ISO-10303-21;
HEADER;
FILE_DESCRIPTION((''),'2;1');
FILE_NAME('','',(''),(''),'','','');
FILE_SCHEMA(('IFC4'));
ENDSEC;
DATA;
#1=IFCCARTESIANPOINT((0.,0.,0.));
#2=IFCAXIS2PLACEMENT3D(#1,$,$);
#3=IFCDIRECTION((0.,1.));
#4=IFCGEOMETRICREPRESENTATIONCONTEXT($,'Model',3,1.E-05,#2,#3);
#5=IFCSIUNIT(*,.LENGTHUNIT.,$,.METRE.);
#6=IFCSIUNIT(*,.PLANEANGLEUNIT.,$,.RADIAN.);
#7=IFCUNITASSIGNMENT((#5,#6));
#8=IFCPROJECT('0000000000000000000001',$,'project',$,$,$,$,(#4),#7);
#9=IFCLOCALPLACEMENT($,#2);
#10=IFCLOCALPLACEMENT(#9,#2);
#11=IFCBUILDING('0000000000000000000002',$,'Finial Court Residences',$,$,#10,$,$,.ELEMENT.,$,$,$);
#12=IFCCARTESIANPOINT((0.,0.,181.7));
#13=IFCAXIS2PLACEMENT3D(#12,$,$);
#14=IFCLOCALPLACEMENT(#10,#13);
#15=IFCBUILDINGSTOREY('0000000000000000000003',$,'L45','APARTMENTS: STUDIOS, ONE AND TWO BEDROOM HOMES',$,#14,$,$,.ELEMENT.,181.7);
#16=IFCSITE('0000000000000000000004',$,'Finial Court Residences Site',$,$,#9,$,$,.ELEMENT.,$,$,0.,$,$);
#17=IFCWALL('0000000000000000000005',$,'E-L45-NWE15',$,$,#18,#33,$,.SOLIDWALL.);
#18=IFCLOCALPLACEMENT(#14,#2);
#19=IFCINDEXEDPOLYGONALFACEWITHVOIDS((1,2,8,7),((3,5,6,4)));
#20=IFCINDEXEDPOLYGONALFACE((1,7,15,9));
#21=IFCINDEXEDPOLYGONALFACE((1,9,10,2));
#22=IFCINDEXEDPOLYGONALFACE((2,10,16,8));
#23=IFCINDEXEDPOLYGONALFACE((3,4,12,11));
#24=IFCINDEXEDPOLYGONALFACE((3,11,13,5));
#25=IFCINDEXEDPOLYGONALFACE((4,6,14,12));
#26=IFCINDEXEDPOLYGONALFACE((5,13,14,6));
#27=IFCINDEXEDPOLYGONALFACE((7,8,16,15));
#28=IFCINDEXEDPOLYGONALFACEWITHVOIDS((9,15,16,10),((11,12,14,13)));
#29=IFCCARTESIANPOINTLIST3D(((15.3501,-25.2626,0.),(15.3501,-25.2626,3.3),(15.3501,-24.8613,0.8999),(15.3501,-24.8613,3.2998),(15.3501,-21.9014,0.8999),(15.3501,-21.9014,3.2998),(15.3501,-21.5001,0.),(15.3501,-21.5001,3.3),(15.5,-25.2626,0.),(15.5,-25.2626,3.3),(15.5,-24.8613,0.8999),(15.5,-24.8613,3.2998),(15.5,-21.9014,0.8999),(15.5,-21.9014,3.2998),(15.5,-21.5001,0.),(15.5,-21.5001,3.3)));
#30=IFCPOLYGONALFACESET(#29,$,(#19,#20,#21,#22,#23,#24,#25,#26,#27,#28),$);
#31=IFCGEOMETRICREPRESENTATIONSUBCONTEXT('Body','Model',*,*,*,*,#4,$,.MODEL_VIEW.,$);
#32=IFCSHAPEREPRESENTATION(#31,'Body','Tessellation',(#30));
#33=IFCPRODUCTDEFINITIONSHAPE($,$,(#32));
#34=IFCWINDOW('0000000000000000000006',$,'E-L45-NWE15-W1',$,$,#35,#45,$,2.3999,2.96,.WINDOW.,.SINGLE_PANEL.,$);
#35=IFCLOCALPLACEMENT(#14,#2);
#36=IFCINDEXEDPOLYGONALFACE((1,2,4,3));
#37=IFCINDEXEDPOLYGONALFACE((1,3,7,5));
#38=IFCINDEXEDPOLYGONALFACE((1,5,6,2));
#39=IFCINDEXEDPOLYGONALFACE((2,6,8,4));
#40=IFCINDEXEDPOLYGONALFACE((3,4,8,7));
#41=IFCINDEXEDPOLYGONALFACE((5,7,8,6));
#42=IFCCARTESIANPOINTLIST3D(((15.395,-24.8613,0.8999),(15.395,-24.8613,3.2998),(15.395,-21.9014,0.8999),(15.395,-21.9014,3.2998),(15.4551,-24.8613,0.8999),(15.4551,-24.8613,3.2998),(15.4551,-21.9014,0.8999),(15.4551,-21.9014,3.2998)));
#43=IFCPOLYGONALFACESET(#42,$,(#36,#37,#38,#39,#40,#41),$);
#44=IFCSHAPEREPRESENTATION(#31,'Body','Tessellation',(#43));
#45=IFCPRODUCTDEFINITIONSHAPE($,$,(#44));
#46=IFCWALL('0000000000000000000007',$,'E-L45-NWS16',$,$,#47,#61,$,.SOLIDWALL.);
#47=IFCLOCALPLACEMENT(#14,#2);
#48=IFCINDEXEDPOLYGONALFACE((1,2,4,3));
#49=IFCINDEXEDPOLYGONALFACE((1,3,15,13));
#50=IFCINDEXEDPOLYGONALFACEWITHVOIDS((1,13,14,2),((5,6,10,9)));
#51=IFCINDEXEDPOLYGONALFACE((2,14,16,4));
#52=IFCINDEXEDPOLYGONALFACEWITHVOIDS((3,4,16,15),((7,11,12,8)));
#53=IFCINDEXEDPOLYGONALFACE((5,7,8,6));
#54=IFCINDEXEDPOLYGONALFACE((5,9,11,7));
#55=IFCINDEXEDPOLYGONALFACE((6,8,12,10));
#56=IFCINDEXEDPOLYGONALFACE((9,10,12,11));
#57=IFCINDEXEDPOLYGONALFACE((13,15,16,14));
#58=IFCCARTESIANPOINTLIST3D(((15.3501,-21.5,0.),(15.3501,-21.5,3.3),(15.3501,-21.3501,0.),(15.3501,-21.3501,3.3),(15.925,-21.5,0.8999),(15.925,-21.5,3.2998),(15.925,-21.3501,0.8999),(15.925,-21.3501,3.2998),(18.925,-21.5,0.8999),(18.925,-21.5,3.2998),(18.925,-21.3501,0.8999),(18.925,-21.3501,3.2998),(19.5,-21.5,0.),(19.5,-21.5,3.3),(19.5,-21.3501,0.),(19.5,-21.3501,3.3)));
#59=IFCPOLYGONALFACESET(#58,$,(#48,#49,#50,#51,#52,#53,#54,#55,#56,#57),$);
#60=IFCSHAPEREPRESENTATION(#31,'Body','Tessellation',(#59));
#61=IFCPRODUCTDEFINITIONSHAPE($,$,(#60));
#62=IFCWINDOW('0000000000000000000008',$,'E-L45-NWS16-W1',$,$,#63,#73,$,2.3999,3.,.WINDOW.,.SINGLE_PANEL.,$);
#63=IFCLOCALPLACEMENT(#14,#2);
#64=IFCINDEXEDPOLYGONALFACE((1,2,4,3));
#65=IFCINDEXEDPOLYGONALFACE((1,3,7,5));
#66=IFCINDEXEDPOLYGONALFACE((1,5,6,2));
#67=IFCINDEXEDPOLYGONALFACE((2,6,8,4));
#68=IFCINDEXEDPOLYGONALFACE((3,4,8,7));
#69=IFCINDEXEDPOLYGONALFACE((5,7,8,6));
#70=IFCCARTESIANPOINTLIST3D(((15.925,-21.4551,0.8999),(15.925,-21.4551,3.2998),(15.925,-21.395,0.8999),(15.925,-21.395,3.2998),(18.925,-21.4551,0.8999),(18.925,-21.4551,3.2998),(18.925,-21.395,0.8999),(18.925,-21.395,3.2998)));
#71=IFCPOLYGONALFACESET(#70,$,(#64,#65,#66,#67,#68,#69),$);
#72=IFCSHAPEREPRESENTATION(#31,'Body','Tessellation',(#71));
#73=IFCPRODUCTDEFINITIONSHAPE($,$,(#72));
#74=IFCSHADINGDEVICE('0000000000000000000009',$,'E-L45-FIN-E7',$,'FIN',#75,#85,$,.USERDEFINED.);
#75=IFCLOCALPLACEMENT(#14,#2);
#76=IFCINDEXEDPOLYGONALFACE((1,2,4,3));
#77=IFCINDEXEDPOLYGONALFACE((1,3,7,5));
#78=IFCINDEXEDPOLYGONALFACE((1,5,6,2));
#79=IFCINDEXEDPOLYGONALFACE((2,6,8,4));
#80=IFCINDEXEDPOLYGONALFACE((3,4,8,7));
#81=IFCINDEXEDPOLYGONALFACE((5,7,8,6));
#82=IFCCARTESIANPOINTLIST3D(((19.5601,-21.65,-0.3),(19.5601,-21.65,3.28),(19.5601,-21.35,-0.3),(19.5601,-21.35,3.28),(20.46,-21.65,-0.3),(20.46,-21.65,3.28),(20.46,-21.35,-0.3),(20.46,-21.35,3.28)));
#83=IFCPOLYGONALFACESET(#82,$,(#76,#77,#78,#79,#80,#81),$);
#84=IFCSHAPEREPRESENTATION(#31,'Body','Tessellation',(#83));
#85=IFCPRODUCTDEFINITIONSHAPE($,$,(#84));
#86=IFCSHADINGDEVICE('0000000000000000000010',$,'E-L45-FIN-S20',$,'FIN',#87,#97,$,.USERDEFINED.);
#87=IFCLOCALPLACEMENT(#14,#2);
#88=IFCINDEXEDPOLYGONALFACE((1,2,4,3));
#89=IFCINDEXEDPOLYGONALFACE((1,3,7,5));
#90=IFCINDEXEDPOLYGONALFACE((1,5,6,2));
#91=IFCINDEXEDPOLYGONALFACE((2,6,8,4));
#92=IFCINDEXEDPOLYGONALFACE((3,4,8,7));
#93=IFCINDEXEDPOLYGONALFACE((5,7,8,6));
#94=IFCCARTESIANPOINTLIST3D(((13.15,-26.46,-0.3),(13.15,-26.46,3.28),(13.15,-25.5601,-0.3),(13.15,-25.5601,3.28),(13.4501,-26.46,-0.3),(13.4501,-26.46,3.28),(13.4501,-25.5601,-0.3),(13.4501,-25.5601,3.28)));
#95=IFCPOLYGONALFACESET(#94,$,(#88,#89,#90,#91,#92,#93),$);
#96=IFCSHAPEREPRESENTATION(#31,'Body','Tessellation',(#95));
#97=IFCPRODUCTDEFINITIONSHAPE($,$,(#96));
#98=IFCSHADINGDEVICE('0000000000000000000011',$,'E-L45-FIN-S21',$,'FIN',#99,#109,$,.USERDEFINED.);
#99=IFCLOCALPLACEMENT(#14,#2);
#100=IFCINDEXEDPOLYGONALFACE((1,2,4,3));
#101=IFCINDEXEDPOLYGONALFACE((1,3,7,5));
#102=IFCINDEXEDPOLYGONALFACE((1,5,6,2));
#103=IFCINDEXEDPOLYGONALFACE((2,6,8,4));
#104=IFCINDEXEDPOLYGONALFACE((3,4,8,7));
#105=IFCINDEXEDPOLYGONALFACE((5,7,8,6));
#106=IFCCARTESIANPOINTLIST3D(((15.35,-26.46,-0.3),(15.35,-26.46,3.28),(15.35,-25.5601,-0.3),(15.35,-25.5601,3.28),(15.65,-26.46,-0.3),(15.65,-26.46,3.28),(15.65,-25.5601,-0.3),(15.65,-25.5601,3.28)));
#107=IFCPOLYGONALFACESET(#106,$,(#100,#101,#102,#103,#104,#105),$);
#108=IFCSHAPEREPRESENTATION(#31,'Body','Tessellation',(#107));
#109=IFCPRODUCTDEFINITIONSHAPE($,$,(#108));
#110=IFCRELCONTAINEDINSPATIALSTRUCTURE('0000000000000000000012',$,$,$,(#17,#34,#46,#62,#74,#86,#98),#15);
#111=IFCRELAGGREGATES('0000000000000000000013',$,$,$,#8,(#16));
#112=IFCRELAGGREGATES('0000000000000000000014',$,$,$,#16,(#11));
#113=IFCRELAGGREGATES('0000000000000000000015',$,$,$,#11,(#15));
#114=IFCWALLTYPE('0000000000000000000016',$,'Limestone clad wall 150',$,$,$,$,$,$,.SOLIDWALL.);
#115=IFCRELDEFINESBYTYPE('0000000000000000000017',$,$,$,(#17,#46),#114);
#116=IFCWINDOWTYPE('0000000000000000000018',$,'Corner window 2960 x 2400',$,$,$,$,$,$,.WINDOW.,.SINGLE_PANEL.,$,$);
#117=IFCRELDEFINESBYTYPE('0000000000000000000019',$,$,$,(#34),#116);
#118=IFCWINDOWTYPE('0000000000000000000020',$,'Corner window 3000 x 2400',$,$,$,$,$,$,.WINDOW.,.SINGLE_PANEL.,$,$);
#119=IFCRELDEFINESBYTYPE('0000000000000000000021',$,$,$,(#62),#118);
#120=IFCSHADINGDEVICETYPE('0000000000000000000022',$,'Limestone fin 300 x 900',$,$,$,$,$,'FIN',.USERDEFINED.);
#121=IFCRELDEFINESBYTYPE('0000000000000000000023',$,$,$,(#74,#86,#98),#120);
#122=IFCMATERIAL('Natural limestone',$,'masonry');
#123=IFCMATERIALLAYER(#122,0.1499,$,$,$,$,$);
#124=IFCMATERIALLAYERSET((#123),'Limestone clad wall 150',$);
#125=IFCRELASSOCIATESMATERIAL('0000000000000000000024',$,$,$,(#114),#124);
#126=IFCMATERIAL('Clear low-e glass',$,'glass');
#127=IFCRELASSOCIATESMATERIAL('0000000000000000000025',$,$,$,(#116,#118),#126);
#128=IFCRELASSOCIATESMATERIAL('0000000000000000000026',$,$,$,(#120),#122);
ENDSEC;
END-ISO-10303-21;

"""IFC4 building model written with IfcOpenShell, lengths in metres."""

from ifc_helpers import new_model, si_unit, direction, frame, frame_2d, origin, origin_2d, place, context, subcontext, project, spatial, rectangle, extrude, material, layer, layer_set, type_object, element, fill, save


model = new_model("IFC4")

# Units and contexts
model_context = context("Model", 3, precision=1e-05, world=origin(), true_north=direction((0.0, 1.0)))
body_context = subcontext(model_context, "Body", "Model", "MODEL_VIEW")
ifc_project = project(units=[si_unit("LENGTHUNIT", "METRE"), si_unit("PLANEANGLEUNIT", "RADIAN")], contexts=[model_context])

# Site, building, storey
site_placement = place(None, origin())
site = spatial("IfcSite", under=ifc_project, at=site_placement, Name="Finial Court Residences Site", CompositionType="ELEMENT", RefElevation=0.0)
building_placement = place(site_placement, origin())
building = spatial("IfcBuilding", under=site, at=building_placement, Name="Finial Court Residences", CompositionType="ELEMENT")
storey_placement = place(building_placement, frame((0.0, 0.0, 181.7)))
storey = spatial("IfcBuildingStorey", under=building, at=storey_placement, Name="L45", Description="APARTMENTS: STUDIOS, ONE AND TWO BEDROOM HOMES", CompositionType="ELEMENT", Elevation=181.7)

# Shared definitions
ifc_material_1 = material(Name="Clear low-e glass", Category="glass")

# Walls, openings, windows
ifc_material_2 = material(Name="Natural limestone", Category="masonry")
ifc_layer_1 = layer(ifc_material_2, 0.1499)
ifc_layer_set_1 = layer_set([ifc_layer_1], Name="Limestone clad wall 150")
wall_type_1 = type_object("IfcWallType", Name="Limestone clad wall 150", PredefinedType="SOLIDWALL", material=ifc_layer_set_1)
wall_1_placement = place(storey_placement, frame((15.425, -21.5, 0.0), z_axis=(0.0, 0.0, 1.0), x_axis=(0.0, -1.0, 0.0)))
wall_1 = element("IfcWall", 1, at=wall_1_placement, inside=storey, type_object=wall_type_1, Name="E-L45-NWE15", PredefinedType="SOLIDWALL", context=body_context, shape_type="SweptSolid", body=[
    extrude(rectangle(XDim=3.7625, YDim=0.1499, at=frame_2d((1.8813, 0.0))), origin(), (0.0, 0.0, 1.0), 3.3),
])
opening_1_placement = place(wall_1_placement, frame((0.4014, 0.0, 0.8999)))
opening_1 = element("IfcOpeningElement", 2, at=opening_1_placement, cuts=wall_1, PredefinedType="OPENING", context=body_context, shape_type="SweptSolid", body=[
    extrude(rectangle(XDim=2.96, YDim=2.3999, at=frame_2d((1.48, 1.2))), frame((0.0, 0.085, 0.0), z_axis=(0.0, -1.0, 0.0), x_axis=(1.0, 0.0, 0.0)), (0.0, 0.0, 1.0), 0.1699),
])
window_type_1 = type_object("IfcWindowType", Name="Corner window 2960 x 2400", PartitioningType="SINGLE_PANEL", PredefinedType="WINDOW", material=ifc_material_1)
window_1_placement = place(opening_1_placement, origin())
window_1 = element("IfcWindow", 3, at=window_1_placement, inside=storey, type_object=window_type_1, Name="E-L45-NWE15-W1", OverallHeight=2.3999, OverallWidth=2.96, PartitioningType="SINGLE_PANEL", PredefinedType="WINDOW", context=body_context, shape_type="SweptSolid", body=[
    extrude(rectangle(XDim=2.96, YDim=2.3999, at=frame_2d((1.48, 1.2))), frame((0.0, 0.03, 0.0), z_axis=(0.0, -1.0, 0.0), x_axis=(1.0, 0.0, 0.0)), (0.0, 0.0, 1.0), 0.0601),
])
fill(opening_1, window_1)
wall_2_placement = place(storey_placement, frame((19.5, -21.425, 0.0), z_axis=(0.0, 0.0, 1.0), x_axis=(-1.0, 0.0, 0.0)))
wall_2 = element("IfcWall", 4, at=wall_2_placement, inside=storey, type_object=wall_type_1, Name="E-L45-NWS16", PredefinedType="SOLIDWALL", context=body_context, shape_type="SweptSolid", body=[
    extrude(rectangle(XDim=4.1499, YDim=0.1499, at=frame_2d((2.075, 0.0))), origin(), (0.0, 0.0, 1.0), 3.3),
])
opening_2_placement = place(wall_2_placement, frame((0.575, 0.0, 0.8999)))
opening_2 = element("IfcOpeningElement", 5, at=opening_2_placement, cuts=wall_2, PredefinedType="OPENING", context=body_context, shape_type="SweptSolid", body=[
    extrude(rectangle(XDim=3.0, YDim=2.3999, at=frame_2d((1.5, 1.2))), frame((0.0, 0.085, 0.0), z_axis=(0.0, -1.0, 0.0), x_axis=(1.0, 0.0, 0.0)), (0.0, 0.0, 1.0), 0.1699),
])
window_type_2 = type_object("IfcWindowType", Name="Corner window 3000 x 2400", PartitioningType="SINGLE_PANEL", PredefinedType="WINDOW", material=ifc_material_1)
window_2_placement = place(opening_2_placement, origin())
window_2 = element("IfcWindow", 6, at=window_2_placement, inside=storey, type_object=window_type_2, Name="E-L45-NWS16-W1", OverallHeight=2.3999, OverallWidth=3.0, PartitioningType="SINGLE_PANEL", PredefinedType="WINDOW", context=body_context, shape_type="SweptSolid", body=[
    extrude(rectangle(XDim=3.0, YDim=2.3999, at=frame_2d((1.5, 1.2))), frame((0.0, 0.03, 0.0), z_axis=(0.0, -1.0, 0.0), x_axis=(1.0, 0.0, 0.0)), (0.0, 0.0, 1.0), 0.0601),
])
fill(opening_2, window_2)

# Shading devices
shading_device_type = type_object("IfcShadingDeviceType", Name="Limestone fin 300 x 900", ElementType="FIN", PredefinedType="USERDEFINED", material=ifc_material_2)
shading_device_placement = place(storey_placement, frame((20.01, -21.5, -0.3), z_axis=(0.0, 0.0, 1.0), x_axis=(1.0, 0.0, 0.0)))
element("IfcShadingDevice", 7, at=shading_device_placement, inside=storey, type_object=shading_device_type, Name="E-L45-FIN-E7", ObjectType="FIN", PredefinedType="USERDEFINED", context=body_context, shape_type="SweptSolid", body=[
    extrude(rectangle(XDim=0.8999, YDim=0.3, at=origin_2d()), origin(), (0.0, 0.0, 1.0), 3.5801),
])
for number, where, z_axis, x_axis, name in (
    (8, (13.3, -26.01, -0.3), (0.0, 0.0, 1.0), (1.0, 0.0, 0.0), "E-L45-FIN-S20"),
    (9, (15.5, -26.01, -0.3), (0.0, 0.0, 1.0), (1.0, 0.0, 0.0), "E-L45-FIN-S21"),
):
    element("IfcShadingDevice", number, at=place(storey_placement, frame(where, z_axis=z_axis, x_axis=x_axis)), inside=storey, type_object=shading_device_type, Name=name, ObjectType="FIN", PredefinedType="USERDEFINED", context=body_context, shape_type="SweptSolid", body=[
        extrude(rectangle(XDim=0.3, YDim=0.8999, at=origin_2d()), origin(), (0.0, 0.0, 1.0), 3.5801),
    ])

save(model, "model.ifc")
